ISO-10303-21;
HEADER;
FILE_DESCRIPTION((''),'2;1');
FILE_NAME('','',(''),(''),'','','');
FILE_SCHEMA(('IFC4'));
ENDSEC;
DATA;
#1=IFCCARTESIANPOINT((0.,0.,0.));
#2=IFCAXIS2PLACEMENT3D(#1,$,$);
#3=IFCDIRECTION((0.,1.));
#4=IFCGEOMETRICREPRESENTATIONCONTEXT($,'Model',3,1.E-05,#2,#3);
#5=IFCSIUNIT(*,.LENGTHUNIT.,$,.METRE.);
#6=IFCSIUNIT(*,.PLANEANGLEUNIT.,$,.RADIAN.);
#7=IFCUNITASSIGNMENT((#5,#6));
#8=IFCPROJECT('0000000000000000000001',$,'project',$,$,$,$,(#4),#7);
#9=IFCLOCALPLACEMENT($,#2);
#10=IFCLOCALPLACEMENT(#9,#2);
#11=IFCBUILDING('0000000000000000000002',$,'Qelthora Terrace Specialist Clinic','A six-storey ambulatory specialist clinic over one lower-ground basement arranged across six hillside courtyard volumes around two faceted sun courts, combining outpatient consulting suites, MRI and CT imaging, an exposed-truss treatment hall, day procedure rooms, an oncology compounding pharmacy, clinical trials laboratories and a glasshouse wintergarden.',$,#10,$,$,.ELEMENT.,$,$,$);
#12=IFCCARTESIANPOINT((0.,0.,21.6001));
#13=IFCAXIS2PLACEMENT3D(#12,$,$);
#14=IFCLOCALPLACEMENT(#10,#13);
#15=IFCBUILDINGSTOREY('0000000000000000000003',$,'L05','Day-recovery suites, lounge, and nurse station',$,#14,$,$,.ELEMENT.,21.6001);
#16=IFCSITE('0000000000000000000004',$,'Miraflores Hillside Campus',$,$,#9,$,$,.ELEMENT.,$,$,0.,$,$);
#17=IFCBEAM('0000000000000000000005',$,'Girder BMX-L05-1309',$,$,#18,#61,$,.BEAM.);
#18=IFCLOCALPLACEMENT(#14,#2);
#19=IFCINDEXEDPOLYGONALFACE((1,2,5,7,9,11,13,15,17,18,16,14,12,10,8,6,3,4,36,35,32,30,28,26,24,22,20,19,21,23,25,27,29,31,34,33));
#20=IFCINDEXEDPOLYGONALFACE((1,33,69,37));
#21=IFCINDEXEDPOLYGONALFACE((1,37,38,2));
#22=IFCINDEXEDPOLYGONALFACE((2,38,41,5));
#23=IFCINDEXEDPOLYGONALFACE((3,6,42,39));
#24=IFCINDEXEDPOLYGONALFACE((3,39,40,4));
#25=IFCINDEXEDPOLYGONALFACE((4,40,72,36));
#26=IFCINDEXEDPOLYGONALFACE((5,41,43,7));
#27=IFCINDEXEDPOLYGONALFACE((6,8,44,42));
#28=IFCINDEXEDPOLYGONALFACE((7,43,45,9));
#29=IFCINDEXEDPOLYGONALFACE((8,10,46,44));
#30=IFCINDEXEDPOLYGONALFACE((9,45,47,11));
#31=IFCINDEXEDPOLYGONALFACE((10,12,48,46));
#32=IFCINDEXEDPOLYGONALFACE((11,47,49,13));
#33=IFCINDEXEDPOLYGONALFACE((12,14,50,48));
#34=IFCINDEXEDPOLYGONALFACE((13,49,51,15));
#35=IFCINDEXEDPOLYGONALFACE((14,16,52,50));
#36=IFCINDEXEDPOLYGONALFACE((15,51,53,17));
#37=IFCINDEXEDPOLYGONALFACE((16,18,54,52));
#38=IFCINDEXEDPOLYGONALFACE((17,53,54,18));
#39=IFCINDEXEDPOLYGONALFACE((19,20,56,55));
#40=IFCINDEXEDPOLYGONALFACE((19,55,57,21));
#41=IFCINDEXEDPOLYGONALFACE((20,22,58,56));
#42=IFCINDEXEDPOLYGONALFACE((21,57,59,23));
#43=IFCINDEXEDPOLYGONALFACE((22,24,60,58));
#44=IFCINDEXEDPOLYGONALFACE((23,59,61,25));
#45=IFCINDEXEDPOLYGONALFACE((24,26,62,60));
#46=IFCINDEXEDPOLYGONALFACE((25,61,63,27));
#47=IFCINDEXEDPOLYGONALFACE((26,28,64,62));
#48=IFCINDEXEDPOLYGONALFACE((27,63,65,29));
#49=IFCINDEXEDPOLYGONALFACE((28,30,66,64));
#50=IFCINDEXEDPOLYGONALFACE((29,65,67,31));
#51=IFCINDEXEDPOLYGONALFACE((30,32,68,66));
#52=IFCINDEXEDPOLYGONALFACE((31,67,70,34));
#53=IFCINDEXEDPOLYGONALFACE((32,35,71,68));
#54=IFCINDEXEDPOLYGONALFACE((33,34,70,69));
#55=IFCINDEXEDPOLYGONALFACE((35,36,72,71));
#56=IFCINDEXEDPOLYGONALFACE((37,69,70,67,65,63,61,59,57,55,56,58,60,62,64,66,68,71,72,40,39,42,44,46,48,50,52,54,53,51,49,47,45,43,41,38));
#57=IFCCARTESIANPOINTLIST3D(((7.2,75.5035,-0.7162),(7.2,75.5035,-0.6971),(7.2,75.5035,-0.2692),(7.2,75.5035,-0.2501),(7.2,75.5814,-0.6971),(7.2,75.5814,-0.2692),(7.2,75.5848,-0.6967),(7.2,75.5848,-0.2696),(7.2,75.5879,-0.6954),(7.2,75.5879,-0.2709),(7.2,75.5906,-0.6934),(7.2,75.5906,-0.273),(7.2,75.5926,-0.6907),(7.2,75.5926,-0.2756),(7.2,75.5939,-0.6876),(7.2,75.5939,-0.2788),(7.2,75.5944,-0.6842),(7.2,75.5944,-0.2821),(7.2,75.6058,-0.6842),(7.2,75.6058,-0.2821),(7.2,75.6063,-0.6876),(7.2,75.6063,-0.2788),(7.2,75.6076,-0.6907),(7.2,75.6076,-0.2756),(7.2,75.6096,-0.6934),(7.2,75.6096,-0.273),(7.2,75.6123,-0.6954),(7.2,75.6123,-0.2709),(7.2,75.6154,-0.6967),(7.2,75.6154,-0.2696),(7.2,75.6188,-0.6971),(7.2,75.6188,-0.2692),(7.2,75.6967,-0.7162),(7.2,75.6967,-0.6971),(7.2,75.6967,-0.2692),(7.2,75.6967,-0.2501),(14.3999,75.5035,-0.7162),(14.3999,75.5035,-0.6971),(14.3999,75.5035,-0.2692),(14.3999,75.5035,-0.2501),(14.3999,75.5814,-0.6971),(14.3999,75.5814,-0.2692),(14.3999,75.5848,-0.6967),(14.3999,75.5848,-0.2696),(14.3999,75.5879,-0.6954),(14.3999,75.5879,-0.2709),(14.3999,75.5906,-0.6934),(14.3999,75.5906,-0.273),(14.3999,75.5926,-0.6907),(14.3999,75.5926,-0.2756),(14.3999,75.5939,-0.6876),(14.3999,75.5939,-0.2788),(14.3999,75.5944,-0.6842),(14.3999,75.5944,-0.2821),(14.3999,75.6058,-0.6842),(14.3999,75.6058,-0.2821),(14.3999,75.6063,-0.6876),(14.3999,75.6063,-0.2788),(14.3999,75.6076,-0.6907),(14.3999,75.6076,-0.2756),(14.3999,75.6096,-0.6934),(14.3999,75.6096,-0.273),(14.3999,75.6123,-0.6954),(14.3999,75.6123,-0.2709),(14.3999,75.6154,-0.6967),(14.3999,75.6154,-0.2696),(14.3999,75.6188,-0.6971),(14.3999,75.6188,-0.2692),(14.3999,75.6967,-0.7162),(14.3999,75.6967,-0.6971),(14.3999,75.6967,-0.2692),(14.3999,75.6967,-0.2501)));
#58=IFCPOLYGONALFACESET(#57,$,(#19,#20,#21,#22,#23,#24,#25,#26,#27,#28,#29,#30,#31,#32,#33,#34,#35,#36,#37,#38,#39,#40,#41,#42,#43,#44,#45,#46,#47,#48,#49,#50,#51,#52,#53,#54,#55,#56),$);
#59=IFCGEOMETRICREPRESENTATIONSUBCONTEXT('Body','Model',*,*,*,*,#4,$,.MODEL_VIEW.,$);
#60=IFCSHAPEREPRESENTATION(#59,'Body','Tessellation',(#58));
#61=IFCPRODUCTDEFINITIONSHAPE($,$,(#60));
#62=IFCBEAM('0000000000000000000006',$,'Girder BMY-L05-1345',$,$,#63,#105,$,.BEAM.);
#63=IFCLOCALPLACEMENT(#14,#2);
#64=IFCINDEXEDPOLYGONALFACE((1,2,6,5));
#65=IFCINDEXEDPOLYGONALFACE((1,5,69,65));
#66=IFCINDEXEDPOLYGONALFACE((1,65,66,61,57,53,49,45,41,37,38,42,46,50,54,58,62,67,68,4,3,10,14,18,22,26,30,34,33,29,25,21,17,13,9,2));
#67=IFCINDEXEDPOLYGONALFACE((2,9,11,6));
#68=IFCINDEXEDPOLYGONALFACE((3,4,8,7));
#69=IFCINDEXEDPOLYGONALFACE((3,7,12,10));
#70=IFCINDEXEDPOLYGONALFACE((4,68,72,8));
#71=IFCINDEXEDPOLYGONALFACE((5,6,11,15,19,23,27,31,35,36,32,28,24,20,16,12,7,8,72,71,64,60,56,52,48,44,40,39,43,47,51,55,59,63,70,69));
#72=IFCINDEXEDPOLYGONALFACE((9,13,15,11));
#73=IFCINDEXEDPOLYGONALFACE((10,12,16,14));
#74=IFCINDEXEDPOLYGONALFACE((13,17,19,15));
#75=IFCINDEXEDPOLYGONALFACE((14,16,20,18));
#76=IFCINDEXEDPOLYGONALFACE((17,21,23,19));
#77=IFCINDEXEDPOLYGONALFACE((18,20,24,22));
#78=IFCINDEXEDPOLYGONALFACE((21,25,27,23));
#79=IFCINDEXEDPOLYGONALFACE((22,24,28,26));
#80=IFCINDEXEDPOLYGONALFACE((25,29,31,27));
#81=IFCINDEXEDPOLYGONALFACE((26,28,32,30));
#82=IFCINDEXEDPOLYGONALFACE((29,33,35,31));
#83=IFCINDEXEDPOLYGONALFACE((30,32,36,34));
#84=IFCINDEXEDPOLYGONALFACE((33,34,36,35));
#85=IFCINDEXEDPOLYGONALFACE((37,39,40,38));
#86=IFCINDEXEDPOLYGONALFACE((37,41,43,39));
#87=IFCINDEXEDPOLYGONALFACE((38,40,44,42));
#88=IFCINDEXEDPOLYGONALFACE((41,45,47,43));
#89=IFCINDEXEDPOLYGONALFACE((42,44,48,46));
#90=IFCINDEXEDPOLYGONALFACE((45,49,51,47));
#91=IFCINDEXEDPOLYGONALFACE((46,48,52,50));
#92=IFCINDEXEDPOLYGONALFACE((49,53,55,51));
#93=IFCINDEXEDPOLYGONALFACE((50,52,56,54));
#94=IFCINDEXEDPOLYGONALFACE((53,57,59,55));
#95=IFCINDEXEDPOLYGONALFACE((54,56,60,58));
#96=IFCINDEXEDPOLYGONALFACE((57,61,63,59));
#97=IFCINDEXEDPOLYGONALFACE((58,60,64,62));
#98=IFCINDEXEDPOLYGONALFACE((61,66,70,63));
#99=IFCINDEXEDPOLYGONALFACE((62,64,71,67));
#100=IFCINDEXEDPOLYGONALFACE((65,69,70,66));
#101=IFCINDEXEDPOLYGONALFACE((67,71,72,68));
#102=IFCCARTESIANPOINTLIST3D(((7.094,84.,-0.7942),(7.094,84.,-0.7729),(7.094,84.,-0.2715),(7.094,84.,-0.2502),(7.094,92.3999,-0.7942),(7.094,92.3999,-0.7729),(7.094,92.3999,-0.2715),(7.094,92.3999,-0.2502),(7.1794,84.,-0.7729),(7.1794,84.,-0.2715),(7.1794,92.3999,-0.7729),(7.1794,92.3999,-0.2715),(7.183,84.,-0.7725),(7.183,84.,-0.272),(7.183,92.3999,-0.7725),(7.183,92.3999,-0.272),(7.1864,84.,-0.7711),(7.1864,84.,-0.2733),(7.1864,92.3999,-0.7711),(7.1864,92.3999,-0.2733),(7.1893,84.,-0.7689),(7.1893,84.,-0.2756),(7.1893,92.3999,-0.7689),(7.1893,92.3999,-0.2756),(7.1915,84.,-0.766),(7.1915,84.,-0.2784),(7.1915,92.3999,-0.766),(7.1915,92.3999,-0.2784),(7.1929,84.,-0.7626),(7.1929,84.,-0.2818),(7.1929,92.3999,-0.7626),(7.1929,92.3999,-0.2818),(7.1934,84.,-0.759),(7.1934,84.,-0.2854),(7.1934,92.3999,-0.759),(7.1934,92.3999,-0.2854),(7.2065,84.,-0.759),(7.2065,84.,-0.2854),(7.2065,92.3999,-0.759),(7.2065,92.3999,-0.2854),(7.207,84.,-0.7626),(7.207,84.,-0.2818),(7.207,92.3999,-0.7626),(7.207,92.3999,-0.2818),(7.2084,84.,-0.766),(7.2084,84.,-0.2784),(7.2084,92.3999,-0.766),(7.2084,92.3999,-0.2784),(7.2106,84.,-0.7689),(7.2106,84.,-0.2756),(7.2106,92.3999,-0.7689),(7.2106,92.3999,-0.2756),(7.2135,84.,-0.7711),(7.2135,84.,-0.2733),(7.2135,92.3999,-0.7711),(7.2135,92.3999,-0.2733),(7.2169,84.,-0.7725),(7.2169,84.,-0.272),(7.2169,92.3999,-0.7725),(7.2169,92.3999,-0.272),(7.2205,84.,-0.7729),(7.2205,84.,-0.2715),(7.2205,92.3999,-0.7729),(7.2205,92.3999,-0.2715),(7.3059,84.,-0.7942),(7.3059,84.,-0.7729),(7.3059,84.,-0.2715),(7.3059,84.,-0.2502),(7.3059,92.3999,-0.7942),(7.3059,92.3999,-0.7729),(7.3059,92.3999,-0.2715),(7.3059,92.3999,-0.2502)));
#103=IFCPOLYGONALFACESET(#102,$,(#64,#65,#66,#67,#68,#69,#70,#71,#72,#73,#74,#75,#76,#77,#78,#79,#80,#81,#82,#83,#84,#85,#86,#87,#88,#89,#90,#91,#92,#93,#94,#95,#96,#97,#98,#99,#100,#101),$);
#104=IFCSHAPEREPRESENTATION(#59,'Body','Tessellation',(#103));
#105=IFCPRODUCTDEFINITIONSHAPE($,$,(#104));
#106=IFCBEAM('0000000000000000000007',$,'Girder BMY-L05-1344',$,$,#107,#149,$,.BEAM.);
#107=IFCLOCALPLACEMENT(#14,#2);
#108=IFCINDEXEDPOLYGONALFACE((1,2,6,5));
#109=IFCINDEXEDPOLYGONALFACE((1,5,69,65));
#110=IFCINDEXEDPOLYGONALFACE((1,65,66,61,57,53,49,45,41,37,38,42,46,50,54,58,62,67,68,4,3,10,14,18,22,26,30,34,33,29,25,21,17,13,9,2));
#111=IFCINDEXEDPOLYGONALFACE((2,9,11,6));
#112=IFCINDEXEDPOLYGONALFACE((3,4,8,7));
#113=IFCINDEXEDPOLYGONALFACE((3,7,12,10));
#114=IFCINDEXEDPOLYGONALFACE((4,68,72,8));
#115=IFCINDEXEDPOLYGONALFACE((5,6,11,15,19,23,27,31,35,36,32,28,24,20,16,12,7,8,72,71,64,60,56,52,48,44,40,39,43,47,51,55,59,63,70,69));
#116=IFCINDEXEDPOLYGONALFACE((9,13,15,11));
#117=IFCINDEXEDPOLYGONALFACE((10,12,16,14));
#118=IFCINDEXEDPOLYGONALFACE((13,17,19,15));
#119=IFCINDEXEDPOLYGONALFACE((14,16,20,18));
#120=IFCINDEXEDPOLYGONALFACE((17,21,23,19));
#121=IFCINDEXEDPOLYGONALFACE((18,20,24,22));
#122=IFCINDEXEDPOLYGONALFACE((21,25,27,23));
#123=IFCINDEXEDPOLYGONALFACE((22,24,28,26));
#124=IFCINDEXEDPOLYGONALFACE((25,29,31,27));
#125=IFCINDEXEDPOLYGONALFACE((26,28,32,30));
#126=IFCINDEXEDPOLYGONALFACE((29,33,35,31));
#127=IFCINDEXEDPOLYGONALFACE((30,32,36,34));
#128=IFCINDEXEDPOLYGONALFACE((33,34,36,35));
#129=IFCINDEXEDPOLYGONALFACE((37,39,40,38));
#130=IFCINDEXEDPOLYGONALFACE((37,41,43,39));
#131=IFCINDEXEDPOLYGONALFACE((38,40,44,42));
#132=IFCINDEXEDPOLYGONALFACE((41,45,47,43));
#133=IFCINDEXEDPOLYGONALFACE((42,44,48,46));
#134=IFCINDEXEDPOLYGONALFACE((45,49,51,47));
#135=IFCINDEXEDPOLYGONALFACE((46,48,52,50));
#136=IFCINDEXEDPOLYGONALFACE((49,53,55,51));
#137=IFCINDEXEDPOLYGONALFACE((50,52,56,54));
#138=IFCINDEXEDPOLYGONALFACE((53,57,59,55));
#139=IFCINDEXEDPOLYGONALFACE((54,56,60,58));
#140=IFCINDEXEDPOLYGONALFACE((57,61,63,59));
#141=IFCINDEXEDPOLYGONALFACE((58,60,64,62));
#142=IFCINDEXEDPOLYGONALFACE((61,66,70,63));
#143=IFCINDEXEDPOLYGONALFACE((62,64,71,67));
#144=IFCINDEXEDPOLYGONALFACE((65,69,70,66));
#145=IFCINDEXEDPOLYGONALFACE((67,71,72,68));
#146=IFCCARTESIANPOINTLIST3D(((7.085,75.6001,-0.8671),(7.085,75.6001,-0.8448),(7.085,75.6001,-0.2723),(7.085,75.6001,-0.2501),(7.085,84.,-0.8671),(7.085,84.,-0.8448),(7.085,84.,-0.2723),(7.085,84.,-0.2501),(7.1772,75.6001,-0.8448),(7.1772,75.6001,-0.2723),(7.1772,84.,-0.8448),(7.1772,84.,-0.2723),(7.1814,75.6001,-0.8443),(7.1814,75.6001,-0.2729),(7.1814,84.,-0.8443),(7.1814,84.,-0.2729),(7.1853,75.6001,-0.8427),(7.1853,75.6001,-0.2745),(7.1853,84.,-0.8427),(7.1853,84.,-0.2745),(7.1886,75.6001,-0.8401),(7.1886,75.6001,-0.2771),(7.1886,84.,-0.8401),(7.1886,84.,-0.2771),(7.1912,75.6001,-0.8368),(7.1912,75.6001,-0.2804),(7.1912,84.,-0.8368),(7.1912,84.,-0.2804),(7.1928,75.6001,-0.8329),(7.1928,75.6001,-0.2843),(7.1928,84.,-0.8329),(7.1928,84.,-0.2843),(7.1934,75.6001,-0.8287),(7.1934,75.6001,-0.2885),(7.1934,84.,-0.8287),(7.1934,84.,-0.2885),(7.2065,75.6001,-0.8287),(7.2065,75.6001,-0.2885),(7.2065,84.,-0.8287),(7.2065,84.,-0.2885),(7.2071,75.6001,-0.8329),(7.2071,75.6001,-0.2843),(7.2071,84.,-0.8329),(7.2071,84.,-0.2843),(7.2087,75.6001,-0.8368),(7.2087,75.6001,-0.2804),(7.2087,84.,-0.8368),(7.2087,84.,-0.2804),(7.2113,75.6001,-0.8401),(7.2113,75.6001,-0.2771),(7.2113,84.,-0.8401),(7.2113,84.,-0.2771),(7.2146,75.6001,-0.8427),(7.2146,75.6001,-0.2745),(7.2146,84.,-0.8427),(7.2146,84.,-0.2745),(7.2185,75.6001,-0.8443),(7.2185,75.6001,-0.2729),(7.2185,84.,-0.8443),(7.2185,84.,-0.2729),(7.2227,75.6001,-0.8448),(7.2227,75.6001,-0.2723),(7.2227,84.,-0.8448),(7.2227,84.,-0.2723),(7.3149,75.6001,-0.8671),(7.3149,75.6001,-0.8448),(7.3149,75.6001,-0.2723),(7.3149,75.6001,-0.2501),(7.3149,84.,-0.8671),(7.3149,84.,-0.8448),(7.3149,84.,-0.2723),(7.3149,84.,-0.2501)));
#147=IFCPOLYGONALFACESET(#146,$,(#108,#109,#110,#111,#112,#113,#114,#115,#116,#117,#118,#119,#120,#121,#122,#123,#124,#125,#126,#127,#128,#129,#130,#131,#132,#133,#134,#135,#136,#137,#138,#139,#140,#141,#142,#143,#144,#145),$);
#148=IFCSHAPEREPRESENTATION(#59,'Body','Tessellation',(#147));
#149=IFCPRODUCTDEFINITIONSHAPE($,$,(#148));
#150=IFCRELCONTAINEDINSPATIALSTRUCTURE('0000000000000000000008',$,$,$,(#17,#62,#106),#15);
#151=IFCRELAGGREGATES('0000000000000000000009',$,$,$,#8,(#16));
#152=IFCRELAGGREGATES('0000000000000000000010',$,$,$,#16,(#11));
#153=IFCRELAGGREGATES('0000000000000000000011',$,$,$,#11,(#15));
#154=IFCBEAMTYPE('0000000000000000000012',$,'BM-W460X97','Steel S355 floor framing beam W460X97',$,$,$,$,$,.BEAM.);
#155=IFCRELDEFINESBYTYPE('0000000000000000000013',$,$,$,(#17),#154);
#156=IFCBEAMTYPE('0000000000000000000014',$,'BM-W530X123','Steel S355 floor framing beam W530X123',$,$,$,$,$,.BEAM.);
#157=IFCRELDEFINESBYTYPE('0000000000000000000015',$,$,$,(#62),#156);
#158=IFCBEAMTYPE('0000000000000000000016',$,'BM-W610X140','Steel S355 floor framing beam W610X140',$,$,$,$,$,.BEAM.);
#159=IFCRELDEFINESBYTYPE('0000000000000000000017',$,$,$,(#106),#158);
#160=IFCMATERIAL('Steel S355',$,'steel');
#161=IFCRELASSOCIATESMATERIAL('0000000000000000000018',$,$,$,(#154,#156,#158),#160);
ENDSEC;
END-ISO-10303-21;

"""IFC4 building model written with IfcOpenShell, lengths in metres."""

from ifc_helpers import new_model, si_unit, direction, frame, origin, origin_2d, place, context, subcontext, project, spatial, i_section, extrude, material, material_profile, profile_set, type_object, element, save


model = new_model("IFC4")

# Units and contexts
model_context = context("Model", 3, precision=1e-05, world=origin(), true_north=direction((0.0, 1.0)))
body_context = subcontext(model_context, "Body", "Model", "MODEL_VIEW")
ifc_project = project(units=[si_unit("LENGTHUNIT", "METRE"), si_unit("PLANEANGLEUNIT", "RADIAN")], contexts=[model_context])

# Site, building, storey
site_placement = place(None, origin())
site = spatial("IfcSite", under=ifc_project, at=site_placement, Name="Miraflores Hillside Campus", CompositionType="ELEMENT", RefElevation=0.0)
building_placement = place(site_placement, origin())
building = spatial("IfcBuilding", under=site, at=building_placement, Name="Qelthora Terrace Specialist Clinic", Description="A six-storey ambulatory specialist clinic over one lower-ground basement arranged across six hillside courtyard volumes around two faceted sun courts, combining outpatient consulting suites, MRI and CT imaging, an exposed-truss treatment hall, day procedure rooms, an oncology compounding pharmacy, clinical trials laboratories and a glasshouse wintergarden.", CompositionType="ELEMENT")
storey_placement = place(building_placement, frame((0.0, 0.0, 21.6001)))
storey = spatial("IfcBuildingStorey", under=building, at=storey_placement, Name="L05", Description="Day-recovery suites, lounge, and nurse station", CompositionType="ELEMENT", Elevation=21.6001)

# Shared definitions
ifc_material_1 = material(Name="Steel S355", Category="steel")

# Beams
ifc_material_profile_1 = material_profile(ifc_material_1, i_section(OverallWidth=0.1931, OverallDepth=0.4661, WebThickness=0.0115, FlangeThickness=0.019, FilletRadius=0.0129, at=origin_2d()), Name="W460X97")
ifc_profile_set_1 = profile_set([ifc_material_profile_1], Name="Steel S355")
beam_type_1 = type_object("IfcBeamType", Name="BM-W460X97", Description="Steel S355 floor framing beam W460X97", PredefinedType="BEAM", material=ifc_profile_set_1)
beam_1_placement = place(storey_placement, frame((7.2, 75.6001, -0.4832), z_axis=(1.0, 0.0, 0.0), x_axis=(0.0, 1.0, 0.0)))
element("IfcBeam", 1, at=beam_1_placement, inside=storey, type_object=beam_type_1, Name="Girder BMX-L05-1309", PredefinedType="BEAM", context=body_context, shape_type="SweptSolid", body=[
    extrude(i_section(OverallWidth=0.1931, OverallDepth=0.4661, WebThickness=0.0115, FlangeThickness=0.019, FilletRadius=0.0129, at=origin_2d()), origin(), (0.0, 0.0, 1.0), 7.2),
])
ifc_material_profile_2 = material_profile(ifc_material_1, i_section(OverallWidth=0.2119, OverallDepth=0.5439, WebThickness=0.0132, FlangeThickness=0.0212, FilletRadius=0.0139, at=origin_2d()), Name="W530X123")
ifc_profile_set_2 = profile_set([ifc_material_profile_2], Name="Steel S355")
beam_type_2 = type_object("IfcBeamType", Name="BM-W530X123", Description="Steel S355 floor framing beam W530X123", PredefinedType="BEAM", material=ifc_profile_set_2)
beam_2_placement = place(storey_placement, frame((7.2, 84.0, -0.5222), z_axis=(0.0, 1.0, 0.0), x_axis=(-1.0, 0.0, 0.0)))
element("IfcBeam", 2, at=beam_2_placement, inside=storey, type_object=beam_type_2, Name="Girder BMY-L05-1345", PredefinedType="BEAM", context=body_context, shape_type="SweptSolid", body=[
    extrude(i_section(OverallWidth=0.2119, OverallDepth=0.5439, WebThickness=0.0132, FlangeThickness=0.0212, FilletRadius=0.0139, at=origin_2d()), origin(), (0.0, 0.0, 1.0), 8.3999),
])
ifc_material_profile_3 = material_profile(ifc_material_1, i_section(OverallWidth=0.23, OverallDepth=0.6169, WebThickness=0.0132, FlangeThickness=0.0222, FilletRadius=0.0161, at=origin_2d()), Name="W610X140")
ifc_profile_set_3 = profile_set([ifc_material_profile_3], Name="Steel S355")
beam_type_3 = type_object("IfcBeamType", Name="BM-W610X140", Description="Steel S355 floor framing beam W610X140", PredefinedType="BEAM", material=ifc_profile_set_3)
beam_3_placement = place(storey_placement, frame((7.2, 75.6001, -0.5586), z_axis=(0.0, 1.0, 0.0), x_axis=(-1.0, 0.0, 0.0)))
element("IfcBeam", 3, at=beam_3_placement, inside=storey, type_object=beam_type_3, Name="Girder BMY-L05-1344", PredefinedType="BEAM", context=body_context, shape_type="SweptSolid", body=[
    extrude(i_section(OverallWidth=0.23, OverallDepth=0.6169, WebThickness=0.0132, FlangeThickness=0.0222, FilletRadius=0.0161, at=origin_2d()), origin(), (0.0, 0.0, 1.0), 8.3999),
])

save(model, "model.ifc")
